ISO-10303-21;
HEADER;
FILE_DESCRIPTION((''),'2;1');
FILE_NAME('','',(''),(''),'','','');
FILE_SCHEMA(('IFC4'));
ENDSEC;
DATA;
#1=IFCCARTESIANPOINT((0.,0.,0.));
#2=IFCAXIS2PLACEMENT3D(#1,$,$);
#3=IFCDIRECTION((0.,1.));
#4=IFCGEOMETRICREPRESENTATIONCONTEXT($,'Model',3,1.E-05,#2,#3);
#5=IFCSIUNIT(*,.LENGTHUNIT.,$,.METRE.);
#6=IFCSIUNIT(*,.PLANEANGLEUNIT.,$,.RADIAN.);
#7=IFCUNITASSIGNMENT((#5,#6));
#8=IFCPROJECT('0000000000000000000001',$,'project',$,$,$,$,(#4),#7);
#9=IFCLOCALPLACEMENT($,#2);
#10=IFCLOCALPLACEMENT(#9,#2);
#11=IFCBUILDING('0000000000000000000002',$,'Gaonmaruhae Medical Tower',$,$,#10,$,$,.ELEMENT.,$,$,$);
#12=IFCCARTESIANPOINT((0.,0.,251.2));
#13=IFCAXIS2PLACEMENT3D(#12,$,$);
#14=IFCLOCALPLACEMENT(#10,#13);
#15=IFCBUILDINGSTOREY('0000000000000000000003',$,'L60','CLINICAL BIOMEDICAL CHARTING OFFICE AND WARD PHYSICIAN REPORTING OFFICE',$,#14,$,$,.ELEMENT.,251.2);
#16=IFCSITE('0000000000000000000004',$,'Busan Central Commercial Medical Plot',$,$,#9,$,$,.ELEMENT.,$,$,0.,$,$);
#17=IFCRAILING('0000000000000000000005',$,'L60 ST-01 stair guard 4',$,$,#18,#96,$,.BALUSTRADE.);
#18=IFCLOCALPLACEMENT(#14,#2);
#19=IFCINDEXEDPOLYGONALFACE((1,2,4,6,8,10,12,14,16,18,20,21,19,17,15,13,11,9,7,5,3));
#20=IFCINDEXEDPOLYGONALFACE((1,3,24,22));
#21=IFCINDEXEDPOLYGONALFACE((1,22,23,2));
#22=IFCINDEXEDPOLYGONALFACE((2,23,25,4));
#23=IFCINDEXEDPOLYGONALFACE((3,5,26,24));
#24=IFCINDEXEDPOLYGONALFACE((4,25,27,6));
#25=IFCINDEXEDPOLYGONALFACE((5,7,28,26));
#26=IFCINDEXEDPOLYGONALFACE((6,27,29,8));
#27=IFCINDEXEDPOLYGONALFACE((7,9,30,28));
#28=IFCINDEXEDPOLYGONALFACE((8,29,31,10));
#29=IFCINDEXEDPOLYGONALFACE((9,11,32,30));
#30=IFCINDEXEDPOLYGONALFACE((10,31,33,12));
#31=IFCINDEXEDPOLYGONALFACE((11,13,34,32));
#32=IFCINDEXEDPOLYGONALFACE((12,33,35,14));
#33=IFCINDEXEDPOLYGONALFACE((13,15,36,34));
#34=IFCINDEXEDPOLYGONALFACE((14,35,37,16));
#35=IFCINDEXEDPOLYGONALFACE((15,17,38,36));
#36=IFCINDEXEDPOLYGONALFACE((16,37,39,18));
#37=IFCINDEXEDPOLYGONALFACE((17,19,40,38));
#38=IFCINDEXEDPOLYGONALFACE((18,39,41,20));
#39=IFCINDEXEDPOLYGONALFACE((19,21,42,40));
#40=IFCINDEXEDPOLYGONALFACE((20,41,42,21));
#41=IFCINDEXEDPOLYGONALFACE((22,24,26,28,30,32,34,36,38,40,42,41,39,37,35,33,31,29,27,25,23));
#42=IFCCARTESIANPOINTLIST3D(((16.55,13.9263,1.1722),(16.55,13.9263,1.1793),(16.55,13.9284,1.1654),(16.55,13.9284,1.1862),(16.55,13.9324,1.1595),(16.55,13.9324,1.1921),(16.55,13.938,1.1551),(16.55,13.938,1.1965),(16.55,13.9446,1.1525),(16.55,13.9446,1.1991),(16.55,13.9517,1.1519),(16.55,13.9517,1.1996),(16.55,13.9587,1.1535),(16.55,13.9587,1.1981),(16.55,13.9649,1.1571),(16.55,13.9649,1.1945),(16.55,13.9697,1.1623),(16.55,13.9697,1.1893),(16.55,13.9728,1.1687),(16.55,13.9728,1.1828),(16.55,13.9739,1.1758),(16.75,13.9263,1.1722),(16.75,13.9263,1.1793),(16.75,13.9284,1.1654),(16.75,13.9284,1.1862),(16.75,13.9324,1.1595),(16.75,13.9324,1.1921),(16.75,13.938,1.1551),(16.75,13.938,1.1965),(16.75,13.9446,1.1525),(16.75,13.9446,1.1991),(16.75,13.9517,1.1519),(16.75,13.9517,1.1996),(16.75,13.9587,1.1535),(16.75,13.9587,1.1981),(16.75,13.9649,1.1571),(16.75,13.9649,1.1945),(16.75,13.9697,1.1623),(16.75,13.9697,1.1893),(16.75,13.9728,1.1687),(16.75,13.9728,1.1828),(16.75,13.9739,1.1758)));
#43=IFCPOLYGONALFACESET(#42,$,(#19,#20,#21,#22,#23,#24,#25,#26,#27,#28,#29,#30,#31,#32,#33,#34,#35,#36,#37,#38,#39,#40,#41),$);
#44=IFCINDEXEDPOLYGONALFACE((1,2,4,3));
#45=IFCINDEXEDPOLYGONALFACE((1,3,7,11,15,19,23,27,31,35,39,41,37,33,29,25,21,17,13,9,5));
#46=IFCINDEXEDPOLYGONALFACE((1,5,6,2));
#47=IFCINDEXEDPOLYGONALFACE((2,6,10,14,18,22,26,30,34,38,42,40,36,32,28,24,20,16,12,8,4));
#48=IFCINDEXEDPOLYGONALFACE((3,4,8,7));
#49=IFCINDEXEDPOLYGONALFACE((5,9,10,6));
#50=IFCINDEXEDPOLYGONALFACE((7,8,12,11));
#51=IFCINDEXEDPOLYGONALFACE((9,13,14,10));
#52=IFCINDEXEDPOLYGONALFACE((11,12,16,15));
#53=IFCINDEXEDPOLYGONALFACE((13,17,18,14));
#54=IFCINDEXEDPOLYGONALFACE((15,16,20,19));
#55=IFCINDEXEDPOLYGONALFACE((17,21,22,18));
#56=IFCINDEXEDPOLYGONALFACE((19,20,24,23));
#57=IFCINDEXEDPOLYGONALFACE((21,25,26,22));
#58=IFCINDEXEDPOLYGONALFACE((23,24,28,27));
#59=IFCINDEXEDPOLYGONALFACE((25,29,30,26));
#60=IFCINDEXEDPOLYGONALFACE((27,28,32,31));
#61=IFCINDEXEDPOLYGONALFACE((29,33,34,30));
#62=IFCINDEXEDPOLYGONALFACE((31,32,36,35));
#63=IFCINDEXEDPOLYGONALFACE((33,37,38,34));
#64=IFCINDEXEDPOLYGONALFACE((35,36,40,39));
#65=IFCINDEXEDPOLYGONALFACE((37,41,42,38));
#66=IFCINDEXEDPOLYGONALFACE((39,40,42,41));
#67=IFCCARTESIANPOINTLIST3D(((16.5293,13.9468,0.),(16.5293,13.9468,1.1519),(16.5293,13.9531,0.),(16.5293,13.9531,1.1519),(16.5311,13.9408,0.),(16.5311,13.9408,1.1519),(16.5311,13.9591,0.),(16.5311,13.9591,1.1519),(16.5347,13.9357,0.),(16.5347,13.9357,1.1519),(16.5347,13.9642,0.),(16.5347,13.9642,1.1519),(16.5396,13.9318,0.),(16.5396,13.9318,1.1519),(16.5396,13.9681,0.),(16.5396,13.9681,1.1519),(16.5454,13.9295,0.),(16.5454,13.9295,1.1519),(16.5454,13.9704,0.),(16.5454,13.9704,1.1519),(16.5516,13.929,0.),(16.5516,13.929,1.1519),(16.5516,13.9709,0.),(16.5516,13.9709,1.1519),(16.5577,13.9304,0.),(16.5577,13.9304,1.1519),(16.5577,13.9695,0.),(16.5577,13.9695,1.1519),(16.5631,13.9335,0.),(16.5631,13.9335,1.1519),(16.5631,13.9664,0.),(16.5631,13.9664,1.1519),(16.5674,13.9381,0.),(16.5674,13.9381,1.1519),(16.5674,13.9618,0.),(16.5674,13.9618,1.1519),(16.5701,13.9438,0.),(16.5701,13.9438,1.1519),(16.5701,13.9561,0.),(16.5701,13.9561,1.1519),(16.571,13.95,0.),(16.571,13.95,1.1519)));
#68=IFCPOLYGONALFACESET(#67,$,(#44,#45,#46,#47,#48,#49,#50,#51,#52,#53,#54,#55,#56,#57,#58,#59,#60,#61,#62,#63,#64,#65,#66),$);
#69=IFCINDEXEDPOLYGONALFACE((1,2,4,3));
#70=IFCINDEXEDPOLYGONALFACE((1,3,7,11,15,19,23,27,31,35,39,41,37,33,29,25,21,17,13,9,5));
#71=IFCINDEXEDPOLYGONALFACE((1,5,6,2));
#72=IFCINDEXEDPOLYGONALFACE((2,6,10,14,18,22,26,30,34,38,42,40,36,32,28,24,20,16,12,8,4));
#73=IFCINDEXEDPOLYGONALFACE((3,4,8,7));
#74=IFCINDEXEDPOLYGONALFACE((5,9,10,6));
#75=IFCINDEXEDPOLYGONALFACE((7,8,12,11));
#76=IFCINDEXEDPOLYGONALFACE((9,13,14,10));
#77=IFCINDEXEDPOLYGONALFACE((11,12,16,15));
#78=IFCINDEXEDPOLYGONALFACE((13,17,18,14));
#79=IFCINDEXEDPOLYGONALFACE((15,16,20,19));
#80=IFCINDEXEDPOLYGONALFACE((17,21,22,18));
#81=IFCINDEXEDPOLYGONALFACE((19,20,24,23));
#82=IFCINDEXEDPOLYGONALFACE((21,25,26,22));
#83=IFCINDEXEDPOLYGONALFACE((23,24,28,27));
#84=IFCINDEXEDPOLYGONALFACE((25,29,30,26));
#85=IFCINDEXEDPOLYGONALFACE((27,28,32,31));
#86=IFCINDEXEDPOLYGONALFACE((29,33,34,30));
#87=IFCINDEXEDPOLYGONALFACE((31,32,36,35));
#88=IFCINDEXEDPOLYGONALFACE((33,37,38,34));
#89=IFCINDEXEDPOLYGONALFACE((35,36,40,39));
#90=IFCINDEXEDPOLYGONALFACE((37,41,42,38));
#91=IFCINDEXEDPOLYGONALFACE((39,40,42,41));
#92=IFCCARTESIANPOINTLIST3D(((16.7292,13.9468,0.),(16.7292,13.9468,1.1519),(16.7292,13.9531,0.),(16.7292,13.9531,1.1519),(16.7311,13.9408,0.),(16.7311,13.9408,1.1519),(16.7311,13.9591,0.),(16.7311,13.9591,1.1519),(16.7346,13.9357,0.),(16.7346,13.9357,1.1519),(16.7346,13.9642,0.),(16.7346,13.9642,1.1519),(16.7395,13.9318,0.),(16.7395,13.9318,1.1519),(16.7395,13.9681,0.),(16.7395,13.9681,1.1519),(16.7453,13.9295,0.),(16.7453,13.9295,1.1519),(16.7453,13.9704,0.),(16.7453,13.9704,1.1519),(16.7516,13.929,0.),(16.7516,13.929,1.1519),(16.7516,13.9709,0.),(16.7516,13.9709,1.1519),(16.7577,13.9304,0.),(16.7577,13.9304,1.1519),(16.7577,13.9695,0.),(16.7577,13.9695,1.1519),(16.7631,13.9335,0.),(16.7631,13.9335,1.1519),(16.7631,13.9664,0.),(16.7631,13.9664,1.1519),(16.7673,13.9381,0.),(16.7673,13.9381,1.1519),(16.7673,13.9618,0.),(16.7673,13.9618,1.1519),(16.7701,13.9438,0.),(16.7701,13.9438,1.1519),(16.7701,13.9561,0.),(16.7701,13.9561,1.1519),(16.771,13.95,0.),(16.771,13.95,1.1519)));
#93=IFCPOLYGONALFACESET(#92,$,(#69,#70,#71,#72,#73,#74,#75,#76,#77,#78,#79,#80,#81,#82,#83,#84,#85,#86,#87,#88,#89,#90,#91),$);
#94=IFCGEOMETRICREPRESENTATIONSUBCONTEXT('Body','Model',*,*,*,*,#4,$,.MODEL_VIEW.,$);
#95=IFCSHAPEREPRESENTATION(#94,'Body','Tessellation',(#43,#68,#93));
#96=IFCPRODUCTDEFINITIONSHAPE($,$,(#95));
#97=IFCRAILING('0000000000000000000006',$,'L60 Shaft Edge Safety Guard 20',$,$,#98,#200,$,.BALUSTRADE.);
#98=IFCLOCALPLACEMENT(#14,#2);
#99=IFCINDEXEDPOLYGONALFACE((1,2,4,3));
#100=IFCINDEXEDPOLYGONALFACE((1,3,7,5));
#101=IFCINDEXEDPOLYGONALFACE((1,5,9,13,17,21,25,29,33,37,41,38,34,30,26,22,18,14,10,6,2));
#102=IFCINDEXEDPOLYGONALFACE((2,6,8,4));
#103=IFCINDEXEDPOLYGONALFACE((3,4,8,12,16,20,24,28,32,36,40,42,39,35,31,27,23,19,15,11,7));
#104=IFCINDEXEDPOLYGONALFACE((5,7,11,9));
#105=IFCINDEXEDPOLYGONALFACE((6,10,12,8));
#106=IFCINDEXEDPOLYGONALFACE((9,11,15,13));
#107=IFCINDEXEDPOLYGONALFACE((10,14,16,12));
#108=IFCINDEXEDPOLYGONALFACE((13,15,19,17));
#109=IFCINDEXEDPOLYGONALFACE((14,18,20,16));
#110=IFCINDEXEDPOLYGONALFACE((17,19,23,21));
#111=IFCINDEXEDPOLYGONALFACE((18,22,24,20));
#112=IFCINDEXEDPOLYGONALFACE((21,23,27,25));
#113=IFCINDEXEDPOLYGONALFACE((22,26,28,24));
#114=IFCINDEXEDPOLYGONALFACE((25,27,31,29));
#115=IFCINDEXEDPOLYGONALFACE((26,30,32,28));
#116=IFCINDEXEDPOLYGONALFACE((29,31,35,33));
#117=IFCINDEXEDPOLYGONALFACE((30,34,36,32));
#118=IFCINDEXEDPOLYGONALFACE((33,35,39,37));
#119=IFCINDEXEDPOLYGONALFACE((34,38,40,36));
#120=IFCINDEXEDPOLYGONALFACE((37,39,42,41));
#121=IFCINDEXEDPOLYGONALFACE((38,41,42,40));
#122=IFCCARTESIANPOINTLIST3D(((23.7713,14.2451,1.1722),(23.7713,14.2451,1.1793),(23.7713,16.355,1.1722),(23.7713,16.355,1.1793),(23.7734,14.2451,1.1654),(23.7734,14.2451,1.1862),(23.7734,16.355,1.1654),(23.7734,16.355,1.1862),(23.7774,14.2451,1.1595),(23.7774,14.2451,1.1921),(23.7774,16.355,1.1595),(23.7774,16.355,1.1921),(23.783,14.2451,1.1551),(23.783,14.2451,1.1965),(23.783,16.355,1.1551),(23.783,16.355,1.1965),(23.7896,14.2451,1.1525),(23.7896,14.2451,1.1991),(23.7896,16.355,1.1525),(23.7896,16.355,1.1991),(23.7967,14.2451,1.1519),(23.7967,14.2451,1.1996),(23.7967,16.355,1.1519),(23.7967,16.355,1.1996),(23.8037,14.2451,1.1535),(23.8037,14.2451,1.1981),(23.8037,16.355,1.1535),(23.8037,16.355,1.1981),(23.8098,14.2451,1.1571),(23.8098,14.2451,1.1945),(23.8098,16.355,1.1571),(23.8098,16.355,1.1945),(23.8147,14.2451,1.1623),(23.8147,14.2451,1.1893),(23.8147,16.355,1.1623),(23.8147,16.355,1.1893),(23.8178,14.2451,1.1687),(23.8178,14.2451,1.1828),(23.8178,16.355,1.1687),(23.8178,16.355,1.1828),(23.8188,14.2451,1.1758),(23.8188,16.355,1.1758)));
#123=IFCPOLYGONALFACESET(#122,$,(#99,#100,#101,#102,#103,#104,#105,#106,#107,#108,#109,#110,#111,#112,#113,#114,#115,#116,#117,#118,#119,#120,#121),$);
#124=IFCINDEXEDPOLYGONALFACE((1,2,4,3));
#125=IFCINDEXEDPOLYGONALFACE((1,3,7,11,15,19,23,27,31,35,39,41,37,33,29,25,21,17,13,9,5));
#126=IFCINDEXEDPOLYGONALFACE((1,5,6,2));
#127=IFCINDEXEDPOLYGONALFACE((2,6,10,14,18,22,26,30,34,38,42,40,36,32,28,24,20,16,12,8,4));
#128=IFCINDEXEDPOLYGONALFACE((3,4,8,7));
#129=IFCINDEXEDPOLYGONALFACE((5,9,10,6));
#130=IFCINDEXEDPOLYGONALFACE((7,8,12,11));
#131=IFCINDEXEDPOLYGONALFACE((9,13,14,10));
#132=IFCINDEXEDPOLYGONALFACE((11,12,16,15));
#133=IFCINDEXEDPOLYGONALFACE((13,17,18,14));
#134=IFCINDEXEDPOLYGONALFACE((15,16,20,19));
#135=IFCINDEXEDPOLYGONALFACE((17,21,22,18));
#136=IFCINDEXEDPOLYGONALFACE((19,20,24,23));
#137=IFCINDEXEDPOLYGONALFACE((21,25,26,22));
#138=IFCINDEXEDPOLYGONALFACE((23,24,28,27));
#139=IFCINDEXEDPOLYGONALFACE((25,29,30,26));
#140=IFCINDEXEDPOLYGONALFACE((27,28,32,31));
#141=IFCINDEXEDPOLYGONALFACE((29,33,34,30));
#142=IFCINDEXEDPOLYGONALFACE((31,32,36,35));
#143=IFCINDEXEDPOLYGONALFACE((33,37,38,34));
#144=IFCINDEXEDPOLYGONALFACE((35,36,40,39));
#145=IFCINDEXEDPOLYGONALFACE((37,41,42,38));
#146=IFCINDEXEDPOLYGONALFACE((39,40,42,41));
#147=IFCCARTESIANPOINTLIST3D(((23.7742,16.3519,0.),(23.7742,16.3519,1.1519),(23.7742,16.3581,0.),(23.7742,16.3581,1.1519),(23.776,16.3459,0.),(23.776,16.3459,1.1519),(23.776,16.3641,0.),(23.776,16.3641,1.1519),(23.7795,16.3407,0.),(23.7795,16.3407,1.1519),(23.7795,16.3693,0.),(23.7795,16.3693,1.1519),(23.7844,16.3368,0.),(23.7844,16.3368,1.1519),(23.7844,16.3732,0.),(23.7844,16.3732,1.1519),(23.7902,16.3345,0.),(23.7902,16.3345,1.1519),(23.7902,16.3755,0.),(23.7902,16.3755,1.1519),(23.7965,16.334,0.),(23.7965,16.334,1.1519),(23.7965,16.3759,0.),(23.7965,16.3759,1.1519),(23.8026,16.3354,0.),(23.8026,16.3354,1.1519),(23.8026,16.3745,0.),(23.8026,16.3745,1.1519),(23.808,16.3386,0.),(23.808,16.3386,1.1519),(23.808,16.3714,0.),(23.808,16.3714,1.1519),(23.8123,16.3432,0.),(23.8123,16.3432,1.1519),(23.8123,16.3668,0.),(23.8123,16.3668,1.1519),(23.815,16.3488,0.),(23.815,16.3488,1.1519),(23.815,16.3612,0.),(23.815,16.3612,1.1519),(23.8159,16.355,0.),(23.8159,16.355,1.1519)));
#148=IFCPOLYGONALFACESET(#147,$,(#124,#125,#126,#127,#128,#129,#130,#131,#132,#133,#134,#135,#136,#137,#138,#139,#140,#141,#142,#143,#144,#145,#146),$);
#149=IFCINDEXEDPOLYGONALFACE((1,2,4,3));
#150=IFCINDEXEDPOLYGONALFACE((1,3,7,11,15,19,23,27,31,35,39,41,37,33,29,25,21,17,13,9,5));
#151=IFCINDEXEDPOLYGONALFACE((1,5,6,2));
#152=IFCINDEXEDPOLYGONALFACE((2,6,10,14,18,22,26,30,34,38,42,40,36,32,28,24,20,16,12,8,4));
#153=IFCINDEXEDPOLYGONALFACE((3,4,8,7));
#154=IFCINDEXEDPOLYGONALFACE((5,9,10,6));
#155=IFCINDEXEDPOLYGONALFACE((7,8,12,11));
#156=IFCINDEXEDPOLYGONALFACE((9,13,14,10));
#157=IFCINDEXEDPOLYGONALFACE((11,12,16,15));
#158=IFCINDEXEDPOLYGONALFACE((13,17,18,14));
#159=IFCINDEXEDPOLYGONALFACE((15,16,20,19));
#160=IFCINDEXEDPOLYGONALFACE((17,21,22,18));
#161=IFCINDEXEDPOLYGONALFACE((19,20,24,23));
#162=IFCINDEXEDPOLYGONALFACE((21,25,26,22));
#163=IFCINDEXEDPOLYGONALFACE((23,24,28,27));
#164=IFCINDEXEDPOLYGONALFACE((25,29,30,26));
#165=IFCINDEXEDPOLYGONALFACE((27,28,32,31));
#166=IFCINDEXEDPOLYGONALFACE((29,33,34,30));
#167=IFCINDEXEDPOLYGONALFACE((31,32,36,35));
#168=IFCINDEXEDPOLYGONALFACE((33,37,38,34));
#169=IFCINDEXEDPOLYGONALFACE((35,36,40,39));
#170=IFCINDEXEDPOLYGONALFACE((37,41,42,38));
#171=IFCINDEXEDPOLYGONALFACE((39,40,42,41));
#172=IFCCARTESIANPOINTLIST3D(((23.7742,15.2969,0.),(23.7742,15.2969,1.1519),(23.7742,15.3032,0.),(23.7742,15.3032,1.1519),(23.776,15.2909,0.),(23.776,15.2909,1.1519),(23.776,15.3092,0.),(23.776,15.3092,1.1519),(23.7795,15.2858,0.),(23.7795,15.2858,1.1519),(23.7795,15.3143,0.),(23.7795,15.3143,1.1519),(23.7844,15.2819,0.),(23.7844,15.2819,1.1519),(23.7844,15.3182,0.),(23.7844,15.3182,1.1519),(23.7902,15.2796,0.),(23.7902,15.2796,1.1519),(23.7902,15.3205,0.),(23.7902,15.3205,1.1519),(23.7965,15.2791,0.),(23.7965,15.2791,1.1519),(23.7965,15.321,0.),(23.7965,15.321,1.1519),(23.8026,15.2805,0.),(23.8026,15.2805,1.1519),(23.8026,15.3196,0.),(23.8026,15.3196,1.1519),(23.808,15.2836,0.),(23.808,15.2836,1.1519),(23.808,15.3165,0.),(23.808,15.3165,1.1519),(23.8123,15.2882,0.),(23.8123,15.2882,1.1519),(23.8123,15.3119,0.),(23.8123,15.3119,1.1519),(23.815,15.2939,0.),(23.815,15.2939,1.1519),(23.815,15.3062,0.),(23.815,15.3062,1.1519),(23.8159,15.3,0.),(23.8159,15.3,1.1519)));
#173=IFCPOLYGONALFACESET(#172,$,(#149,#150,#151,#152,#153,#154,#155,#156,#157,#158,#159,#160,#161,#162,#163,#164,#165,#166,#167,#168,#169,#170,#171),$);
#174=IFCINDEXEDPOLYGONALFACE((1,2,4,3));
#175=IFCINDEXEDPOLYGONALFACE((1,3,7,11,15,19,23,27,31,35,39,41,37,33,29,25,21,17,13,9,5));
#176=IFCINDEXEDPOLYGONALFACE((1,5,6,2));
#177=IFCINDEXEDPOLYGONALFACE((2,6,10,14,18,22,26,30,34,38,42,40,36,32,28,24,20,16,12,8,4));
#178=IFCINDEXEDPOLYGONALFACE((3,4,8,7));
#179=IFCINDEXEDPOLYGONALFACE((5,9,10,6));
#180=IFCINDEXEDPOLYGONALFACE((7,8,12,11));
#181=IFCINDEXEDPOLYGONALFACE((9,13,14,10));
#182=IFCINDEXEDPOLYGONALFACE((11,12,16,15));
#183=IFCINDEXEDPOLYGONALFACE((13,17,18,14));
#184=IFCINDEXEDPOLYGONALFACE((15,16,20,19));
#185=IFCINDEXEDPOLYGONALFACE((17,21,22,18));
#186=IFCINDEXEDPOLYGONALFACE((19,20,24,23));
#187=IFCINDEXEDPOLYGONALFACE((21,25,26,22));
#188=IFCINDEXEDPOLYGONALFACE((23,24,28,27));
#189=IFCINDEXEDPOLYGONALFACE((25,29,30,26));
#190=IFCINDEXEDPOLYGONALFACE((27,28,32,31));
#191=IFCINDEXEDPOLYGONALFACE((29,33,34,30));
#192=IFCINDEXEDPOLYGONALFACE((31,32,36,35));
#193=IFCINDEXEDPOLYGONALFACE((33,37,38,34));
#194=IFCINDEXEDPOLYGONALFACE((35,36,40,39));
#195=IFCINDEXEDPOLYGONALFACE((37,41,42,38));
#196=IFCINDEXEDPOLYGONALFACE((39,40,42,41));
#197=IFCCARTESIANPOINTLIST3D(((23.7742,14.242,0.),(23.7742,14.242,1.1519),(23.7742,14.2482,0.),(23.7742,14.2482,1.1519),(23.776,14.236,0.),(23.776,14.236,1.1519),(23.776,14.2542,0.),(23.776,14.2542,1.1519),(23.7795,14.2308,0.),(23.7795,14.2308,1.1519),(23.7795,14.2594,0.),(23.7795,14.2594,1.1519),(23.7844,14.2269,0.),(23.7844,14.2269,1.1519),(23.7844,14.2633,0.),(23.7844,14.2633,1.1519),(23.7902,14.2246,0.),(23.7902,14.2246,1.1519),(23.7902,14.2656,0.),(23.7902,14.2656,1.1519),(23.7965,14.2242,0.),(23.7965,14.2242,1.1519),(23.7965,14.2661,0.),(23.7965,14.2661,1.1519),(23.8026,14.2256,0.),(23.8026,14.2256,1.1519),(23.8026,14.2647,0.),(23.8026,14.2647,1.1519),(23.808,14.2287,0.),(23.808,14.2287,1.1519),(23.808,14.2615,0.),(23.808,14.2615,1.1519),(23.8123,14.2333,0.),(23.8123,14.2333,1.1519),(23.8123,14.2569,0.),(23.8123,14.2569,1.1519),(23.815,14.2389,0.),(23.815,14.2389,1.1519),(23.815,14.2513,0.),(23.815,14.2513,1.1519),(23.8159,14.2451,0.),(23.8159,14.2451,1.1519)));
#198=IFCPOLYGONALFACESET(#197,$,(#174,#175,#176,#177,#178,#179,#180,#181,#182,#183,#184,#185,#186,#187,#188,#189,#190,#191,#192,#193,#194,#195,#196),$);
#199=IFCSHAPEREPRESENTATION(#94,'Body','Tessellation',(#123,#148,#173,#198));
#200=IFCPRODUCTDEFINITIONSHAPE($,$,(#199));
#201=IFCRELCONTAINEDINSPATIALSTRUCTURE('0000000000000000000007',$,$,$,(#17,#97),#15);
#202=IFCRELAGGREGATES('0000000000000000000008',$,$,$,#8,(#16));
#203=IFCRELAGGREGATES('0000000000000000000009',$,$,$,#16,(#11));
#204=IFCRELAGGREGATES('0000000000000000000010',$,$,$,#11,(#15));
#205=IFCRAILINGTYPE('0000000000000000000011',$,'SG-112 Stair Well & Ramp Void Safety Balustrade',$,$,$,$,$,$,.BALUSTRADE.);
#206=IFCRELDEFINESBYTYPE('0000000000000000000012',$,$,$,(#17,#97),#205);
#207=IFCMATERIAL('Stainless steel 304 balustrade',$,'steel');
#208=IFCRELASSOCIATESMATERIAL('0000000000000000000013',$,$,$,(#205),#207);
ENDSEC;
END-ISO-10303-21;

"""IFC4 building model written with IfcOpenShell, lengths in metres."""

from ifc_helpers import new_model, si_unit, direction, frame, origin, origin_2d, place, context, subcontext, project, spatial, circle, extrude, material, type_object, element, save


model = new_model("IFC4")

# Units and contexts
model_context = context("Model", 3, precision=1e-05, world=origin(), true_north=direction((0.0, 1.0)))
body_context = subcontext(model_context, "Body", "Model", "MODEL_VIEW")
ifc_project = project(units=[si_unit("LENGTHUNIT", "METRE"), si_unit("PLANEANGLEUNIT", "RADIAN")], contexts=[model_context])

# Site, building, storey
site_placement = place(None, origin())
site = spatial("IfcSite", under=ifc_project, at=site_placement, Name="Busan Central Commercial Medical Plot", CompositionType="ELEMENT", RefElevation=0.0)
building_placement = place(site_placement, origin())
building = spatial("IfcBuilding", under=site, at=building_placement, Name="Gaonmaruhae Medical Tower", CompositionType="ELEMENT")
storey_placement = place(building_placement, frame((0.0, 0.0, 251.2)))
storey = spatial("IfcBuildingStorey", under=building, at=storey_placement, Name="L60", Description="CLINICAL BIOMEDICAL CHARTING OFFICE AND WARD PHYSICIAN REPORTING OFFICE", CompositionType="ELEMENT", Elevation=251.2)

# Railings
ifc_material_1 = material(Name="Stainless steel 304 balustrade", Category="steel")
railing_type = type_object("IfcRailingType", Name="SG-112 Stair Well & Ramp Void Safety Balustrade", PredefinedType="BALUSTRADE", material=ifc_material_1)
railing_1_placement = place(storey_placement, frame((16.55, 13.95, 0.0)))
element("IfcRailing", 1, at=railing_1_placement, inside=storey, type_object=railing_type, Name="L60 ST-01 stair guard 4", PredefinedType="BALUSTRADE", context=body_context, shape_type="SweptSolid", body=[
    extrude(circle(Radius=0.0239, at=origin_2d()), frame((0.0, 0.0, 1.1758), z_axis=(1.0, 0.0, 0.0), x_axis=(0.0, 1.0, 0.0)), (0.0, 0.0, 1.0), 0.2),
    extrude(circle(Radius=0.021, at=origin_2d()), origin(), (0.0, 0.0, 1.0), 1.1519),
    extrude(circle(Radius=0.021, at=origin_2d()), frame((0.2, 0.0, 0.0)), (0.0, 0.0, 1.0), 1.1519),
])
railing_2_placement = place(storey_placement, frame((23.7949, 16.355, 0.0)))
element("IfcRailing", 2, at=railing_2_placement, inside=storey, type_object=railing_type, Name="L60 Shaft Edge Safety Guard 20", PredefinedType="BALUSTRADE", context=body_context, shape_type="SweptSolid", body=[
    extrude(circle(Radius=0.0239, at=origin_2d()), frame((0.0, 0.0, 1.1758), z_axis=(0.0, -1.0, 0.0), x_axis=(1.0, 0.0, 0.0)), (0.0, 0.0, 1.0), 2.1099),
    extrude(circle(Radius=0.021, at=origin_2d()), origin(), (0.0, 0.0, 1.0), 1.1519),
    extrude(circle(Radius=0.021, at=origin_2d()), frame((0.0, -1.0549, 0.0)), (0.0, 0.0, 1.0), 1.1519),
    extrude(circle(Radius=0.021, at=origin_2d()), frame((0.0, -2.1099, 0.0)), (0.0, 0.0, 1.0), 1.1519),
])

save(model, "model.ifc")
